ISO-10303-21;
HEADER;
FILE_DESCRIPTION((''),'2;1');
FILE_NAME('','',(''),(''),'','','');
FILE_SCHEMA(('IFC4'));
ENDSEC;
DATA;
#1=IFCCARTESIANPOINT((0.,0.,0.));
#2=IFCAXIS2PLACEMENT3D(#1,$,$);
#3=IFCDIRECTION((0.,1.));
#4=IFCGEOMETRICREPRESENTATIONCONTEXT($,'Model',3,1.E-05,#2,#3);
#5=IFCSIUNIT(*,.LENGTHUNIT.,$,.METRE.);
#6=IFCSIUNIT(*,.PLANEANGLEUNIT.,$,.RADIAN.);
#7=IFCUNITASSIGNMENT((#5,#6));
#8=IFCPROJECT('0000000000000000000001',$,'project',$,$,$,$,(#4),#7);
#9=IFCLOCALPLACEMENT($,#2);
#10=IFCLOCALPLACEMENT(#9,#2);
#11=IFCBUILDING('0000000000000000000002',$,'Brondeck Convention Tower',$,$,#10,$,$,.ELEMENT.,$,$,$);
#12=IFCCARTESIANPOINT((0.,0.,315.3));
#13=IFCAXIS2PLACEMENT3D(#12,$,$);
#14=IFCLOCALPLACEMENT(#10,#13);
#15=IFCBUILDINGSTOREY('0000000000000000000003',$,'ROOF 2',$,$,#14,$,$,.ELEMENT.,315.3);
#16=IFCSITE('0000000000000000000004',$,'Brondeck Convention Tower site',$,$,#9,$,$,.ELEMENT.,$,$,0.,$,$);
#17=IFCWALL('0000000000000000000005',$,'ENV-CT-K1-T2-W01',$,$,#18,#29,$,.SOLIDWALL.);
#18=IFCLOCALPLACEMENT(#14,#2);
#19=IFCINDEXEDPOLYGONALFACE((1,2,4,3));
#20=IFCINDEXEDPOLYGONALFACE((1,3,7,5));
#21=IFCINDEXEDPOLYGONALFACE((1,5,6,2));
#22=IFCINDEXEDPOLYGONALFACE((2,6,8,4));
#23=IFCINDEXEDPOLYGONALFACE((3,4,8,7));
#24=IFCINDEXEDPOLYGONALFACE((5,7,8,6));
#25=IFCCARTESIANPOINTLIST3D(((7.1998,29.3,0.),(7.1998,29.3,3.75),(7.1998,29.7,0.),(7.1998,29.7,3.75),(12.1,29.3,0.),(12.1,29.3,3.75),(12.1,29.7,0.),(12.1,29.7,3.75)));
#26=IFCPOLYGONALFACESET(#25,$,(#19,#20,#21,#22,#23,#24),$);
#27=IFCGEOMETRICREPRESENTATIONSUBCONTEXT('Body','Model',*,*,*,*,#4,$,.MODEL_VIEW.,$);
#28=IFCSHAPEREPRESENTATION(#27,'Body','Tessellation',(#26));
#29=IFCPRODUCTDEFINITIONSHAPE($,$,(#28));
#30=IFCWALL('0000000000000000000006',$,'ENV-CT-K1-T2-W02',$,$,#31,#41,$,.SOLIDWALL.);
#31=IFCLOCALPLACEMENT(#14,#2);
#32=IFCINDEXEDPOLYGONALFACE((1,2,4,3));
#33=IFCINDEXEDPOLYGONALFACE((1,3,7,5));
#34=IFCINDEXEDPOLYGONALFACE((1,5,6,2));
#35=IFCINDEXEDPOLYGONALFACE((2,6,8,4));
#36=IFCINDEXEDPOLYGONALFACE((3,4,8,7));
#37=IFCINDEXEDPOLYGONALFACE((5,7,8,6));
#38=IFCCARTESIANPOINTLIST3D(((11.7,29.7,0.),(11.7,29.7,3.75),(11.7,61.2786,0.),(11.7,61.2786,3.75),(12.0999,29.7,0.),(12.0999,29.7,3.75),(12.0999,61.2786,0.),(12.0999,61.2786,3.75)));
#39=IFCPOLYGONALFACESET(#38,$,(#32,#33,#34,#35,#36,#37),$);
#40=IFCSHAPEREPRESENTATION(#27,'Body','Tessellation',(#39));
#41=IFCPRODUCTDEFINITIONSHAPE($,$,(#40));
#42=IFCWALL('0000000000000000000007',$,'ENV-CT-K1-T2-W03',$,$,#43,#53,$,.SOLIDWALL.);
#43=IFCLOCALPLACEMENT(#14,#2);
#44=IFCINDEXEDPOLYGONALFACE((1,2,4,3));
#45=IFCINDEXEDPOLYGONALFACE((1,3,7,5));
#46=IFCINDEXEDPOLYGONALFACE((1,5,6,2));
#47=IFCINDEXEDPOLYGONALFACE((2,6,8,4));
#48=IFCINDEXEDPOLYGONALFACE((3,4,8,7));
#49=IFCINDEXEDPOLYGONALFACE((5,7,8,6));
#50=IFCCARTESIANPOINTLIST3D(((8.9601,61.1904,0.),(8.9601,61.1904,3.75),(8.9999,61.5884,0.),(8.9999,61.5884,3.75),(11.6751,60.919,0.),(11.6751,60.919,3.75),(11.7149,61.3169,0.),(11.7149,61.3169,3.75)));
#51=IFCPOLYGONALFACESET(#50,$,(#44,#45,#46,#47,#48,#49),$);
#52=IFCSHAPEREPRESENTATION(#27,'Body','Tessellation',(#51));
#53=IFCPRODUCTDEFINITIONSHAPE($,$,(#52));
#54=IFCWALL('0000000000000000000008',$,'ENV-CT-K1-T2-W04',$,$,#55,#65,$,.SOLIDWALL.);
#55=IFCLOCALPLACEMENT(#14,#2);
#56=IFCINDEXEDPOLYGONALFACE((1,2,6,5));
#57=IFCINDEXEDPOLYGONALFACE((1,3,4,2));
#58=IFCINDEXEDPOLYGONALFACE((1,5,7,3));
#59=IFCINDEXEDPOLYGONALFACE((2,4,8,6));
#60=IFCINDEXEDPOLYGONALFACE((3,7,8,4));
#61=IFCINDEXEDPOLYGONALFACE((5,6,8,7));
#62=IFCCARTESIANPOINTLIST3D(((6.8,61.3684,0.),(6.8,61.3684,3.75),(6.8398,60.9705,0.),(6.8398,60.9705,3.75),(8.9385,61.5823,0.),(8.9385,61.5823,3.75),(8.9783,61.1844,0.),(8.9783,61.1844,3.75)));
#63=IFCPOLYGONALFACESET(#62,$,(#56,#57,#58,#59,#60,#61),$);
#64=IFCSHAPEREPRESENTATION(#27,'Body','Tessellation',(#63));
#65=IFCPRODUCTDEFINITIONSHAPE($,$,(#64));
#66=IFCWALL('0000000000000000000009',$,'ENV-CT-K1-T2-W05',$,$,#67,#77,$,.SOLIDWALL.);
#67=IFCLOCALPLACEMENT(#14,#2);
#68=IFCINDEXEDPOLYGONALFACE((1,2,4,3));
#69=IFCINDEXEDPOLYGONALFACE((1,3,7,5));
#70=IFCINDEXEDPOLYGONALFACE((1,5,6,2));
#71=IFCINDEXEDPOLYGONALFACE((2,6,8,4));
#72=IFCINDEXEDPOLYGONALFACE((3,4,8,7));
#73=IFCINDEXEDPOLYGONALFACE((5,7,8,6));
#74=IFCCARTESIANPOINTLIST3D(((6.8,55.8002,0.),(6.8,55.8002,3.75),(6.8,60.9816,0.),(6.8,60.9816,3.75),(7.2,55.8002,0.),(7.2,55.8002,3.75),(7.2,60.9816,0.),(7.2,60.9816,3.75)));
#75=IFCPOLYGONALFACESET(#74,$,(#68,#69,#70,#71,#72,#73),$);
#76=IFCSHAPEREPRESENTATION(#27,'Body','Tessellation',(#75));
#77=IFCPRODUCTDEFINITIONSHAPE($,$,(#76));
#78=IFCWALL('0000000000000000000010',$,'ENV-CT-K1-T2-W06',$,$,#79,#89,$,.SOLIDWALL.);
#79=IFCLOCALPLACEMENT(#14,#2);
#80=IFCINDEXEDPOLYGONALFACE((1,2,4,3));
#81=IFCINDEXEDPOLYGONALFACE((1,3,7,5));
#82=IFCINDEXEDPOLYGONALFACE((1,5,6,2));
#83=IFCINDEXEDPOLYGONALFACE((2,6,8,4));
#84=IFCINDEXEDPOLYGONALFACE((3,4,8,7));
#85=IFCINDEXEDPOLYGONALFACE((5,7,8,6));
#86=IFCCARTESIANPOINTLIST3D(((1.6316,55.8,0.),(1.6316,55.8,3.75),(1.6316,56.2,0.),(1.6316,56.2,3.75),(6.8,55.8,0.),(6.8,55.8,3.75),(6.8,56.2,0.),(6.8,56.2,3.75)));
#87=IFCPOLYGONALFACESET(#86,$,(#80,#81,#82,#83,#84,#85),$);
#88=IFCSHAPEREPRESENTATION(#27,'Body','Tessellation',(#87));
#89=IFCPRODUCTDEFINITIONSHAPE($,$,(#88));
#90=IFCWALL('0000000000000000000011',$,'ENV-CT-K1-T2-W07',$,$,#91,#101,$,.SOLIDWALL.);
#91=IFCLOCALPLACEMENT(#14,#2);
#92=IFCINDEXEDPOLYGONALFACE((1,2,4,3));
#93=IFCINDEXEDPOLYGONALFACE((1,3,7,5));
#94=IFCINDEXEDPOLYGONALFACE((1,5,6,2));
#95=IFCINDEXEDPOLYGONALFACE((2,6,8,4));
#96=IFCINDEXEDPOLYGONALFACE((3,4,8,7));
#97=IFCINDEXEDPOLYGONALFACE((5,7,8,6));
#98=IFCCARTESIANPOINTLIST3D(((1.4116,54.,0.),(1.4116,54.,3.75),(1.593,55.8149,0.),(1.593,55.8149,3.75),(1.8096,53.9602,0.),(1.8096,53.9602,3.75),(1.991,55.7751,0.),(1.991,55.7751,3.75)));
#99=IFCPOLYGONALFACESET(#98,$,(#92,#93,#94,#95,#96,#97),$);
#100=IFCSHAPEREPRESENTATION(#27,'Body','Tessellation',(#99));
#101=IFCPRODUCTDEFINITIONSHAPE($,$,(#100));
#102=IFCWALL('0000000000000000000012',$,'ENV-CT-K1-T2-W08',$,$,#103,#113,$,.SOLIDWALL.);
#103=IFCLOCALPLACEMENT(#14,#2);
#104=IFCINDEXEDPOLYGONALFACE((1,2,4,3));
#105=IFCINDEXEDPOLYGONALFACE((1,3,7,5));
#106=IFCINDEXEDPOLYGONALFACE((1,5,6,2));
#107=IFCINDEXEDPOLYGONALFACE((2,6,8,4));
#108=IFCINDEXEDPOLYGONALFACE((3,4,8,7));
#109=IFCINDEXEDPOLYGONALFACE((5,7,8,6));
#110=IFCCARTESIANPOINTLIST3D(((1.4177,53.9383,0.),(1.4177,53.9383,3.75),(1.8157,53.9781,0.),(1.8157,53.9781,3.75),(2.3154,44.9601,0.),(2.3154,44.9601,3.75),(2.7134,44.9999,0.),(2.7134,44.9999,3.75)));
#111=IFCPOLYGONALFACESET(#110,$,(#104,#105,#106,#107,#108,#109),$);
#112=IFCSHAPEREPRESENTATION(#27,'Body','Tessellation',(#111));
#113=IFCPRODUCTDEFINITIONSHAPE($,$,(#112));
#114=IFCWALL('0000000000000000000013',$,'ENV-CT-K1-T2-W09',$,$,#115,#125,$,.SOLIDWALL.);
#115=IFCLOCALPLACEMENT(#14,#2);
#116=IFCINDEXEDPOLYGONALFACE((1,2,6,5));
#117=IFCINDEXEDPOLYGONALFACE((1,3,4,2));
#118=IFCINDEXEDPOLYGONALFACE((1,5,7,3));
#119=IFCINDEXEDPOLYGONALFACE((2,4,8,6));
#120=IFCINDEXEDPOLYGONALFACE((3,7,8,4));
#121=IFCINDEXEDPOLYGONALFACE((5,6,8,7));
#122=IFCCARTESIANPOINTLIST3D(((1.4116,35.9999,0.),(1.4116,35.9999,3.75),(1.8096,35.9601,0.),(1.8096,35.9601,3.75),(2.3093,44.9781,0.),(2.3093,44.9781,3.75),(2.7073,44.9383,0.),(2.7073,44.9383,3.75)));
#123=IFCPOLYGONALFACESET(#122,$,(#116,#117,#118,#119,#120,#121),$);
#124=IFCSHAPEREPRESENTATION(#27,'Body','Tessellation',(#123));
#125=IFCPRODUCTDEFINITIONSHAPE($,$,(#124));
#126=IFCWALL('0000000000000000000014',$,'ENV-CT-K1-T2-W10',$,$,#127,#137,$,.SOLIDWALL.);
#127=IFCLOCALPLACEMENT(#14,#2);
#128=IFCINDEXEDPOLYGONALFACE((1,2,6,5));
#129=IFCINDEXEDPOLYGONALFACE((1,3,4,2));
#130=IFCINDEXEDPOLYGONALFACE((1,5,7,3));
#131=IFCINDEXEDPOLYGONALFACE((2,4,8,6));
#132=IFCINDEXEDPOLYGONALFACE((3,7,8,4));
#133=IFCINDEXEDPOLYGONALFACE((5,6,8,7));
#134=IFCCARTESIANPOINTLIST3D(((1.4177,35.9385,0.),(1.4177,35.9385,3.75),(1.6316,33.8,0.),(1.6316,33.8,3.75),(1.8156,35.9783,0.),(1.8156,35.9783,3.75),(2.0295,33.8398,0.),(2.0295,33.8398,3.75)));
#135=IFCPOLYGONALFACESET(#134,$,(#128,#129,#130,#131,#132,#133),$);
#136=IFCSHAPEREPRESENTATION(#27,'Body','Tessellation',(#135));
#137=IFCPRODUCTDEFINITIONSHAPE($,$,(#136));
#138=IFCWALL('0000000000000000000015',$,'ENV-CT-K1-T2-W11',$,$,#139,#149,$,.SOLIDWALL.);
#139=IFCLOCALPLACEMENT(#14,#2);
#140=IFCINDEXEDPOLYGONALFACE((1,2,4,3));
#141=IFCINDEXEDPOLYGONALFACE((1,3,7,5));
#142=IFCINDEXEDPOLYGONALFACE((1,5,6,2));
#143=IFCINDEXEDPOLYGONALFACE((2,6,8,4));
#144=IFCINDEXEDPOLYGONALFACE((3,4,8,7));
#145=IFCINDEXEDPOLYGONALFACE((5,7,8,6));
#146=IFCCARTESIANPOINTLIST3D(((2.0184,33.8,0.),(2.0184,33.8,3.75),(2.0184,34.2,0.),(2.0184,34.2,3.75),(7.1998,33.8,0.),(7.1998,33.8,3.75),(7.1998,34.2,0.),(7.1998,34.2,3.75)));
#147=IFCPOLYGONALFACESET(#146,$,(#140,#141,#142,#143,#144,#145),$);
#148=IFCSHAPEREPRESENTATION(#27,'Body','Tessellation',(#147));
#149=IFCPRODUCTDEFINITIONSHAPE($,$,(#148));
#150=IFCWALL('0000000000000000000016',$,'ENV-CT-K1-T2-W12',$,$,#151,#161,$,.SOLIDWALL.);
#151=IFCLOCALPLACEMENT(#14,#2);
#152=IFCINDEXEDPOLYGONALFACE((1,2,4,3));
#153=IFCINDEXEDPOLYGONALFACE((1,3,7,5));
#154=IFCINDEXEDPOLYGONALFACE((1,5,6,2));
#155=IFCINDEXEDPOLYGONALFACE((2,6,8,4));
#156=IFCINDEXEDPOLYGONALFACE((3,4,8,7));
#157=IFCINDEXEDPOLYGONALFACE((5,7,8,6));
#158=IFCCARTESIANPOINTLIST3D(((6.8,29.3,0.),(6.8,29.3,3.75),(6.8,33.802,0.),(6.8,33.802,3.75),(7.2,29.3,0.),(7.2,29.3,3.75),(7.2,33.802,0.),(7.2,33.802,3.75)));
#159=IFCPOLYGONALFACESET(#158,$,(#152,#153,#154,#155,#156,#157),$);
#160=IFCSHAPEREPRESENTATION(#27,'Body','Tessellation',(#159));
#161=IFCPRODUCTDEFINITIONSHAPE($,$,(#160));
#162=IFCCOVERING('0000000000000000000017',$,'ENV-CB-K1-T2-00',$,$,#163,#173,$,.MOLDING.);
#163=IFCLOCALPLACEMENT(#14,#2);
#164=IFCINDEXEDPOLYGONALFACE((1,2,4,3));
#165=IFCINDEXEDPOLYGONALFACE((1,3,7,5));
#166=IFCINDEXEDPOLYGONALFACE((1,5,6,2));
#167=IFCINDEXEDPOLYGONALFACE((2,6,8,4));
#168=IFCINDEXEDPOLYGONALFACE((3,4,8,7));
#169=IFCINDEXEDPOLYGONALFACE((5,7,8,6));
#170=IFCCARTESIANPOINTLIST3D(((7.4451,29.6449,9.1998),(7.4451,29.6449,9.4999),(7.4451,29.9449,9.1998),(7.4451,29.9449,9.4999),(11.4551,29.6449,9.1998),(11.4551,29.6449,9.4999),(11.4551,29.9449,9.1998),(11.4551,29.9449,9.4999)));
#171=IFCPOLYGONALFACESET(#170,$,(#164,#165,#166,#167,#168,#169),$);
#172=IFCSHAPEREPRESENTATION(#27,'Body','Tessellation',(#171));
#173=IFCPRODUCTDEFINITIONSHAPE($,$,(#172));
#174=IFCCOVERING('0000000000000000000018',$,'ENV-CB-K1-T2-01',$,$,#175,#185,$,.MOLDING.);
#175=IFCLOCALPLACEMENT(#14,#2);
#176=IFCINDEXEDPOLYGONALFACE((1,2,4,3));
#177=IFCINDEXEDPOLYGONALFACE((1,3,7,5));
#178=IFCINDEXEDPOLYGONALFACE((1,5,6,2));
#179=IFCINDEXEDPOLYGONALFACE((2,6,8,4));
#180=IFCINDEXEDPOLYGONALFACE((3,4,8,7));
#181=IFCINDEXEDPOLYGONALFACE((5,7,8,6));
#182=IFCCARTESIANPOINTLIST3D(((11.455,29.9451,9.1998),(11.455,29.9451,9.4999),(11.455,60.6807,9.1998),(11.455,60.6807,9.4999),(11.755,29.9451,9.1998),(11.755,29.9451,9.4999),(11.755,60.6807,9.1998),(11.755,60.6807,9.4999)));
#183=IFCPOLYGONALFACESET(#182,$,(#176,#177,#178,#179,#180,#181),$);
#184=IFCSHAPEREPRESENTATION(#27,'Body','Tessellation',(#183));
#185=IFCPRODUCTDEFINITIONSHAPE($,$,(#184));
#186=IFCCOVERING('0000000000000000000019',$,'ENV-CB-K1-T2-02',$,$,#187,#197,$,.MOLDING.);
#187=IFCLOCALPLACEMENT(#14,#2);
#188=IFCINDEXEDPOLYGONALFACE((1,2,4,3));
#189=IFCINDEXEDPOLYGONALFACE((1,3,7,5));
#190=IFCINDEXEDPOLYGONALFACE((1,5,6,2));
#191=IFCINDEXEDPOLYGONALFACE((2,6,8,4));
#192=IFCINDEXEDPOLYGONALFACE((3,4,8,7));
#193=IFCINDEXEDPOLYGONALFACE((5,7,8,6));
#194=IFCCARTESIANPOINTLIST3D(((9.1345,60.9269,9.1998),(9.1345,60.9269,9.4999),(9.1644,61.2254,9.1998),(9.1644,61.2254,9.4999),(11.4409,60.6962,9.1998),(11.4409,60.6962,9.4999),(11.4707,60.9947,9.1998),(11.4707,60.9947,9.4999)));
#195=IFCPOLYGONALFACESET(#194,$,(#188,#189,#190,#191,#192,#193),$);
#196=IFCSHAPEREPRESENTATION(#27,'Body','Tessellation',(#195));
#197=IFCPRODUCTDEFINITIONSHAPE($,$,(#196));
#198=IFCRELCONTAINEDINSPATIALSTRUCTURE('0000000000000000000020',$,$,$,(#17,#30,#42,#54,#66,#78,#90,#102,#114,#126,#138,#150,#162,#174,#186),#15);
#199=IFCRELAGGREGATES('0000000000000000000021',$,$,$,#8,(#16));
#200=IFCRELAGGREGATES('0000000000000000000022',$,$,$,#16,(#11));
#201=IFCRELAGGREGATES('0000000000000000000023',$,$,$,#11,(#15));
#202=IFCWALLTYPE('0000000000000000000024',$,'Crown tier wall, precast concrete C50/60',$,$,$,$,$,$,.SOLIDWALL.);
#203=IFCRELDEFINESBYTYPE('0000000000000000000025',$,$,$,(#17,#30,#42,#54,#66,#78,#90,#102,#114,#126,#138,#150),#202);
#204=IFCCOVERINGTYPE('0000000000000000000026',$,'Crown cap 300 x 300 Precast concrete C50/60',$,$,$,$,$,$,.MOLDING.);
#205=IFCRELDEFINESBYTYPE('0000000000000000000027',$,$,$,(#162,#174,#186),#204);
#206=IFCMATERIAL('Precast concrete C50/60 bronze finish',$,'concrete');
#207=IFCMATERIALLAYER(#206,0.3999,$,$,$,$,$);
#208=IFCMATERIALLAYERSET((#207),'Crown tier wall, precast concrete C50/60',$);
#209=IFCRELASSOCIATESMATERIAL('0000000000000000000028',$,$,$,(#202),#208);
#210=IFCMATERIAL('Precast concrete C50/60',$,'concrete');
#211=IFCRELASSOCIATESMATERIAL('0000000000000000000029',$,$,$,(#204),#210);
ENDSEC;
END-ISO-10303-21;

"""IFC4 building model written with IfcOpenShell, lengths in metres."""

from ifc_helpers import new_model, si_unit, direction, frame, frame_2d, origin, origin_2d, place, context, subcontext, project, spatial, rectangle, extrude, material, layer, layer_set, material_profile, profile_set, type_object, element, save


model = new_model("IFC4")

# Units and contexts
model_context = context("Model", 3, precision=1e-05, world=origin(), true_north=direction((0.0, 1.0)))
body_context = subcontext(model_context, "Body", "Model", "MODEL_VIEW")
ifc_project = project(units=[si_unit("LENGTHUNIT", "METRE"), si_unit("PLANEANGLEUNIT", "RADIAN")], contexts=[model_context])

# Site, building, storey
site_placement = place(None, origin())
site = spatial("IfcSite", under=ifc_project, at=site_placement, Name="Brondeck Convention Tower site", CompositionType="ELEMENT", RefElevation=0.0)
building_placement = place(site_placement, origin())
building = spatial("IfcBuilding", under=site, at=building_placement, Name="Brondeck Convention Tower", CompositionType="ELEMENT")
storey_placement = place(building_placement, frame((0.0, 0.0, 315.3)))
storey = spatial("IfcBuildingStorey", under=building, at=storey_placement, Name="ROOF 2", CompositionType="ELEMENT", Elevation=315.3)

# Walls
ifc_material_1 = material(Name="Precast concrete C50/60 bronze finish", Category="concrete")
ifc_layer_1 = layer(ifc_material_1, 0.3999)
ifc_layer_set_1 = layer_set([ifc_layer_1], Name="Crown tier wall, precast concrete C50/60")
wall_type = type_object("IfcWallType", Name="Crown tier wall, precast concrete C50/60", PredefinedType="SOLIDWALL", material=ifc_layer_set_1)
wall_1_placement = place(storey_placement, frame((12.1001, 29.5, 0.0), z_axis=(0.0, 0.0, 1.0), x_axis=(-1.0, 0.0, 0.0)))
element("IfcWall", 1, at=wall_1_placement, inside=storey, type_object=wall_type, Name="ENV-CT-K1-T2-W01", PredefinedType="SOLIDWALL", context=body_context, shape_type="SweptSolid", body=[
    extrude(rectangle(XDim=4.9001, YDim=0.3999, at=frame_2d((2.4502, 0.0))), origin(), (0.0, 0.0, 1.0), 3.75),
])
wall_2_placement = place(storey_placement, frame((11.8999, 61.2786, 0.0), z_axis=(0.0, 0.0, 1.0), x_axis=(0.0, -1.0, 0.0)))
element("IfcWall", 2, at=wall_2_placement, inside=storey, type_object=wall_type, Name="ENV-CT-K1-T2-W02", PredefinedType="SOLIDWALL", context=body_context, shape_type="SweptSolid", body=[
    extrude(rectangle(XDim=31.5786, YDim=0.3999, at=frame_2d((15.7893, 0.0))), origin(), (0.0, 0.0, 1.0), 3.75),
])
wall_3_placement = place(storey_placement, frame((8.98, 61.3894, 0.0), z_axis=(0.0, 0.0, 1.0), x_axis=(0.995038, -0.099495, 0.0)))
element("IfcWall", 3, at=wall_3_placement, inside=storey, type_object=wall_type, Name="ENV-CT-K1-T2-W03", PredefinedType="SOLIDWALL", context=body_context, shape_type="SweptSolid", body=[
    extrude(rectangle(XDim=2.7285, YDim=0.3999, at=frame_2d((1.3643, 0.0))), origin(), (0.0, 0.0, 1.0), 3.75),
])
wall_4_placement = place(storey_placement, frame((6.8198, 61.1694, 0.0), z_axis=(0.0, 0.0, 1.0), x_axis=(0.995036, 0.099515, 0.0)))
element("IfcWall", 4, at=wall_4_placement, inside=storey, type_object=wall_type, Name="ENV-CT-K1-T2-W04", PredefinedType="SOLIDWALL", context=body_context, shape_type="SweptSolid", body=[
    extrude(rectangle(XDim=2.1492, YDim=0.3999, at=frame_2d((1.0747, 0.0))), origin(), (0.0, 0.0, 1.0), 3.75),
])
wall_5_placement = place(storey_placement, frame((7.0, 55.8, 0.0), z_axis=(0.0, 0.0, 1.0), x_axis=(0.0, 1.0, 0.0)))
element("IfcWall", 5, at=wall_5_placement, inside=storey, type_object=wall_type, Name="ENV-CT-K1-T2-W05", PredefinedType="SOLIDWALL", context=body_context, shape_type="SweptSolid", body=[
    extrude(rectangle(XDim=5.1814, YDim=0.3999, at=frame_2d((2.5908, 0.0))), origin(), (0.0, 0.0, 1.0), 3.75),
])
wall_6_placement = place(storey_placement, frame((1.6316, 56.0, 0.0), z_axis=(0.0, 0.0, 1.0), x_axis=(1.0, 0.0, 0.0)))
element("IfcWall", 6, at=wall_6_placement, inside=storey, type_object=wall_type, Name="ENV-CT-K1-T2-W06", PredefinedType="SOLIDWALL", context=body_context, shape_type="SweptSolid", body=[
    extrude(rectangle(XDim=5.1685, YDim=0.3999, at=frame_2d((2.5842, 0.0))), origin(), (0.0, 0.0, 1.0), 3.75),
])
wall_7_placement = place(storey_placement, frame((1.6106, 53.98, 0.0), z_axis=(0.0, 0.0, 1.0), x_axis=(0.099451, 0.995042, 0.0)))
element("IfcWall", 7, at=wall_7_placement, inside=storey, type_object=wall_type, Name="ENV-CT-K1-T2-W07", PredefinedType="SOLIDWALL", context=body_context, shape_type="SweptSolid", body=[
    extrude(rectangle(XDim=1.824, YDim=0.3999, at=frame_2d((0.9121, 0.0))), origin(), (0.0, 0.0, 1.0), 3.75),
])
for number, where, z_axis, x_axis, name in (
    (8, (2.5144, 44.98, 0.0), (0.0, 0.0, 1.0), (-0.09949, 0.995039, 0.0), "ENV-CT-K1-T2-W08"),
    (9, (1.6106, 35.98, 0.0), (0.0, 0.0, 1.0), (0.09949, 0.995039, 0.0), "ENV-CT-K1-T2-W09"),
):
    element("IfcWall", number, at=place(storey_placement, frame(where, z_axis=z_axis, x_axis=x_axis)), inside=storey, type_object=wall_type, Name=name, PredefinedType="SOLIDWALL", context=body_context, shape_type="SweptSolid", body=[
        extrude(rectangle(XDim=9.0229, YDim=0.3999, at=frame_2d((4.5115, 0.0))), origin(), (0.0, 0.0, 1.0), 3.75),
    ])
wall_8_placement = place(storey_placement, frame((1.8306, 33.8198, 0.0), z_axis=(0.0, 0.0, 1.0), x_axis=(-0.099515, 0.995036, 0.0)))
element("IfcWall", 10, at=wall_8_placement, inside=storey, type_object=wall_type, Name="ENV-CT-K1-T2-W10", PredefinedType="SOLIDWALL", context=body_context, shape_type="SweptSolid", body=[
    extrude(rectangle(XDim=2.1492, YDim=0.3999, at=frame_2d((1.0747, 0.0))), origin(), (0.0, 0.0, 1.0), 3.75),
])
wall_9_placement = place(storey_placement, frame((7.2, 34.0, 0.0), z_axis=(0.0, 0.0, 1.0), x_axis=(-1.0, 0.0, 0.0)))
element("IfcWall", 11, at=wall_9_placement, inside=storey, type_object=wall_type, Name="ENV-CT-K1-T2-W11", PredefinedType="SOLIDWALL", context=body_context, shape_type="SweptSolid", body=[
    extrude(rectangle(XDim=5.1814, YDim=0.3999, at=frame_2d((2.5908, 0.0))), origin(), (0.0, 0.0, 1.0), 3.75),
])
wall_10_placement = place(storey_placement, frame((7.0, 29.3, 0.0), z_axis=(0.0, 0.0, 1.0), x_axis=(0.0, 1.0, 0.0)))
element("IfcWall", 12, at=wall_10_placement, inside=storey, type_object=wall_type, Name="ENV-CT-K1-T2-W12", PredefinedType="SOLIDWALL", context=body_context, shape_type="SweptSolid", body=[
    extrude(rectangle(XDim=4.502, YDim=0.3999, at=frame_2d((2.251, 0.0))), origin(), (0.0, 0.0, 1.0), 3.75),
])

# Coverings
ifc_material_2 = material(Name="Precast concrete C50/60", Category="concrete")
ifc_material_profile = material_profile(ifc_material_2, rectangle(XDim=0.3, YDim=0.3, at=origin_2d()), Name="Crown cap 300 x 300 Precast concrete C50/60")
ifc_profile_set = profile_set([ifc_material_profile], Name="Precast concrete C50/60")
covering_type_1 = type_object("IfcCoveringType", Name="Crown cap 300 x 300 Precast concrete C50/60", PredefinedType="MOLDING", material=ifc_profile_set)
covering_1_placement = place(storey_placement, frame((7.4451, 29.7949, 9.3499), z_axis=(1.0, 0.0, 0.0), x_axis=(0.0, 1.0, 0.0)))
element("IfcCovering", 13, at=covering_1_placement, inside=storey, type_object=covering_type_1, Name="ENV-CB-K1-T2-00", PredefinedType="MOLDING", context=body_context, shape_type="SweptSolid", body=[
    extrude(rectangle(XDim=0.3, YDim=0.3, at=origin_2d()), origin(), (0.0, 0.0, 1.0), 4.01),
])
covering_2_placement = place(storey_placement, frame((11.605, 29.9451, 9.3499), z_axis=(0.0, 1.0, 0.0), x_axis=(-1.0, 0.0, 0.0)))
element("IfcCovering", 14, at=covering_2_placement, inside=storey, type_object=covering_type_1, Name="ENV-CB-K1-T2-01", PredefinedType="MOLDING", context=body_context, shape_type="SweptSolid", body=[
    extrude(rectangle(XDim=0.3, YDim=0.3, at=origin_2d()), origin(), (0.0, 0.0, 1.0), 30.7356),
])
covering_3_placement = place(storey_placement, frame((11.4558, 60.8455, 9.3499), z_axis=(-0.995034, 0.099535, 0.0), x_axis=(-0.099535, -0.995034, 0.0)))
element("IfcCovering", 15, at=covering_3_placement, inside=storey, type_object=covering_type_1, Name="ENV-CB-K1-T2-02", PredefinedType="MOLDING", context=body_context, shape_type="SweptSolid", body=[
    extrude(rectangle(XDim=0.3, YDim=0.3, at=origin_2d()), origin(), (0.0, 0.0, 1.0), 2.3179),
])

save(model, "model.ifc")
